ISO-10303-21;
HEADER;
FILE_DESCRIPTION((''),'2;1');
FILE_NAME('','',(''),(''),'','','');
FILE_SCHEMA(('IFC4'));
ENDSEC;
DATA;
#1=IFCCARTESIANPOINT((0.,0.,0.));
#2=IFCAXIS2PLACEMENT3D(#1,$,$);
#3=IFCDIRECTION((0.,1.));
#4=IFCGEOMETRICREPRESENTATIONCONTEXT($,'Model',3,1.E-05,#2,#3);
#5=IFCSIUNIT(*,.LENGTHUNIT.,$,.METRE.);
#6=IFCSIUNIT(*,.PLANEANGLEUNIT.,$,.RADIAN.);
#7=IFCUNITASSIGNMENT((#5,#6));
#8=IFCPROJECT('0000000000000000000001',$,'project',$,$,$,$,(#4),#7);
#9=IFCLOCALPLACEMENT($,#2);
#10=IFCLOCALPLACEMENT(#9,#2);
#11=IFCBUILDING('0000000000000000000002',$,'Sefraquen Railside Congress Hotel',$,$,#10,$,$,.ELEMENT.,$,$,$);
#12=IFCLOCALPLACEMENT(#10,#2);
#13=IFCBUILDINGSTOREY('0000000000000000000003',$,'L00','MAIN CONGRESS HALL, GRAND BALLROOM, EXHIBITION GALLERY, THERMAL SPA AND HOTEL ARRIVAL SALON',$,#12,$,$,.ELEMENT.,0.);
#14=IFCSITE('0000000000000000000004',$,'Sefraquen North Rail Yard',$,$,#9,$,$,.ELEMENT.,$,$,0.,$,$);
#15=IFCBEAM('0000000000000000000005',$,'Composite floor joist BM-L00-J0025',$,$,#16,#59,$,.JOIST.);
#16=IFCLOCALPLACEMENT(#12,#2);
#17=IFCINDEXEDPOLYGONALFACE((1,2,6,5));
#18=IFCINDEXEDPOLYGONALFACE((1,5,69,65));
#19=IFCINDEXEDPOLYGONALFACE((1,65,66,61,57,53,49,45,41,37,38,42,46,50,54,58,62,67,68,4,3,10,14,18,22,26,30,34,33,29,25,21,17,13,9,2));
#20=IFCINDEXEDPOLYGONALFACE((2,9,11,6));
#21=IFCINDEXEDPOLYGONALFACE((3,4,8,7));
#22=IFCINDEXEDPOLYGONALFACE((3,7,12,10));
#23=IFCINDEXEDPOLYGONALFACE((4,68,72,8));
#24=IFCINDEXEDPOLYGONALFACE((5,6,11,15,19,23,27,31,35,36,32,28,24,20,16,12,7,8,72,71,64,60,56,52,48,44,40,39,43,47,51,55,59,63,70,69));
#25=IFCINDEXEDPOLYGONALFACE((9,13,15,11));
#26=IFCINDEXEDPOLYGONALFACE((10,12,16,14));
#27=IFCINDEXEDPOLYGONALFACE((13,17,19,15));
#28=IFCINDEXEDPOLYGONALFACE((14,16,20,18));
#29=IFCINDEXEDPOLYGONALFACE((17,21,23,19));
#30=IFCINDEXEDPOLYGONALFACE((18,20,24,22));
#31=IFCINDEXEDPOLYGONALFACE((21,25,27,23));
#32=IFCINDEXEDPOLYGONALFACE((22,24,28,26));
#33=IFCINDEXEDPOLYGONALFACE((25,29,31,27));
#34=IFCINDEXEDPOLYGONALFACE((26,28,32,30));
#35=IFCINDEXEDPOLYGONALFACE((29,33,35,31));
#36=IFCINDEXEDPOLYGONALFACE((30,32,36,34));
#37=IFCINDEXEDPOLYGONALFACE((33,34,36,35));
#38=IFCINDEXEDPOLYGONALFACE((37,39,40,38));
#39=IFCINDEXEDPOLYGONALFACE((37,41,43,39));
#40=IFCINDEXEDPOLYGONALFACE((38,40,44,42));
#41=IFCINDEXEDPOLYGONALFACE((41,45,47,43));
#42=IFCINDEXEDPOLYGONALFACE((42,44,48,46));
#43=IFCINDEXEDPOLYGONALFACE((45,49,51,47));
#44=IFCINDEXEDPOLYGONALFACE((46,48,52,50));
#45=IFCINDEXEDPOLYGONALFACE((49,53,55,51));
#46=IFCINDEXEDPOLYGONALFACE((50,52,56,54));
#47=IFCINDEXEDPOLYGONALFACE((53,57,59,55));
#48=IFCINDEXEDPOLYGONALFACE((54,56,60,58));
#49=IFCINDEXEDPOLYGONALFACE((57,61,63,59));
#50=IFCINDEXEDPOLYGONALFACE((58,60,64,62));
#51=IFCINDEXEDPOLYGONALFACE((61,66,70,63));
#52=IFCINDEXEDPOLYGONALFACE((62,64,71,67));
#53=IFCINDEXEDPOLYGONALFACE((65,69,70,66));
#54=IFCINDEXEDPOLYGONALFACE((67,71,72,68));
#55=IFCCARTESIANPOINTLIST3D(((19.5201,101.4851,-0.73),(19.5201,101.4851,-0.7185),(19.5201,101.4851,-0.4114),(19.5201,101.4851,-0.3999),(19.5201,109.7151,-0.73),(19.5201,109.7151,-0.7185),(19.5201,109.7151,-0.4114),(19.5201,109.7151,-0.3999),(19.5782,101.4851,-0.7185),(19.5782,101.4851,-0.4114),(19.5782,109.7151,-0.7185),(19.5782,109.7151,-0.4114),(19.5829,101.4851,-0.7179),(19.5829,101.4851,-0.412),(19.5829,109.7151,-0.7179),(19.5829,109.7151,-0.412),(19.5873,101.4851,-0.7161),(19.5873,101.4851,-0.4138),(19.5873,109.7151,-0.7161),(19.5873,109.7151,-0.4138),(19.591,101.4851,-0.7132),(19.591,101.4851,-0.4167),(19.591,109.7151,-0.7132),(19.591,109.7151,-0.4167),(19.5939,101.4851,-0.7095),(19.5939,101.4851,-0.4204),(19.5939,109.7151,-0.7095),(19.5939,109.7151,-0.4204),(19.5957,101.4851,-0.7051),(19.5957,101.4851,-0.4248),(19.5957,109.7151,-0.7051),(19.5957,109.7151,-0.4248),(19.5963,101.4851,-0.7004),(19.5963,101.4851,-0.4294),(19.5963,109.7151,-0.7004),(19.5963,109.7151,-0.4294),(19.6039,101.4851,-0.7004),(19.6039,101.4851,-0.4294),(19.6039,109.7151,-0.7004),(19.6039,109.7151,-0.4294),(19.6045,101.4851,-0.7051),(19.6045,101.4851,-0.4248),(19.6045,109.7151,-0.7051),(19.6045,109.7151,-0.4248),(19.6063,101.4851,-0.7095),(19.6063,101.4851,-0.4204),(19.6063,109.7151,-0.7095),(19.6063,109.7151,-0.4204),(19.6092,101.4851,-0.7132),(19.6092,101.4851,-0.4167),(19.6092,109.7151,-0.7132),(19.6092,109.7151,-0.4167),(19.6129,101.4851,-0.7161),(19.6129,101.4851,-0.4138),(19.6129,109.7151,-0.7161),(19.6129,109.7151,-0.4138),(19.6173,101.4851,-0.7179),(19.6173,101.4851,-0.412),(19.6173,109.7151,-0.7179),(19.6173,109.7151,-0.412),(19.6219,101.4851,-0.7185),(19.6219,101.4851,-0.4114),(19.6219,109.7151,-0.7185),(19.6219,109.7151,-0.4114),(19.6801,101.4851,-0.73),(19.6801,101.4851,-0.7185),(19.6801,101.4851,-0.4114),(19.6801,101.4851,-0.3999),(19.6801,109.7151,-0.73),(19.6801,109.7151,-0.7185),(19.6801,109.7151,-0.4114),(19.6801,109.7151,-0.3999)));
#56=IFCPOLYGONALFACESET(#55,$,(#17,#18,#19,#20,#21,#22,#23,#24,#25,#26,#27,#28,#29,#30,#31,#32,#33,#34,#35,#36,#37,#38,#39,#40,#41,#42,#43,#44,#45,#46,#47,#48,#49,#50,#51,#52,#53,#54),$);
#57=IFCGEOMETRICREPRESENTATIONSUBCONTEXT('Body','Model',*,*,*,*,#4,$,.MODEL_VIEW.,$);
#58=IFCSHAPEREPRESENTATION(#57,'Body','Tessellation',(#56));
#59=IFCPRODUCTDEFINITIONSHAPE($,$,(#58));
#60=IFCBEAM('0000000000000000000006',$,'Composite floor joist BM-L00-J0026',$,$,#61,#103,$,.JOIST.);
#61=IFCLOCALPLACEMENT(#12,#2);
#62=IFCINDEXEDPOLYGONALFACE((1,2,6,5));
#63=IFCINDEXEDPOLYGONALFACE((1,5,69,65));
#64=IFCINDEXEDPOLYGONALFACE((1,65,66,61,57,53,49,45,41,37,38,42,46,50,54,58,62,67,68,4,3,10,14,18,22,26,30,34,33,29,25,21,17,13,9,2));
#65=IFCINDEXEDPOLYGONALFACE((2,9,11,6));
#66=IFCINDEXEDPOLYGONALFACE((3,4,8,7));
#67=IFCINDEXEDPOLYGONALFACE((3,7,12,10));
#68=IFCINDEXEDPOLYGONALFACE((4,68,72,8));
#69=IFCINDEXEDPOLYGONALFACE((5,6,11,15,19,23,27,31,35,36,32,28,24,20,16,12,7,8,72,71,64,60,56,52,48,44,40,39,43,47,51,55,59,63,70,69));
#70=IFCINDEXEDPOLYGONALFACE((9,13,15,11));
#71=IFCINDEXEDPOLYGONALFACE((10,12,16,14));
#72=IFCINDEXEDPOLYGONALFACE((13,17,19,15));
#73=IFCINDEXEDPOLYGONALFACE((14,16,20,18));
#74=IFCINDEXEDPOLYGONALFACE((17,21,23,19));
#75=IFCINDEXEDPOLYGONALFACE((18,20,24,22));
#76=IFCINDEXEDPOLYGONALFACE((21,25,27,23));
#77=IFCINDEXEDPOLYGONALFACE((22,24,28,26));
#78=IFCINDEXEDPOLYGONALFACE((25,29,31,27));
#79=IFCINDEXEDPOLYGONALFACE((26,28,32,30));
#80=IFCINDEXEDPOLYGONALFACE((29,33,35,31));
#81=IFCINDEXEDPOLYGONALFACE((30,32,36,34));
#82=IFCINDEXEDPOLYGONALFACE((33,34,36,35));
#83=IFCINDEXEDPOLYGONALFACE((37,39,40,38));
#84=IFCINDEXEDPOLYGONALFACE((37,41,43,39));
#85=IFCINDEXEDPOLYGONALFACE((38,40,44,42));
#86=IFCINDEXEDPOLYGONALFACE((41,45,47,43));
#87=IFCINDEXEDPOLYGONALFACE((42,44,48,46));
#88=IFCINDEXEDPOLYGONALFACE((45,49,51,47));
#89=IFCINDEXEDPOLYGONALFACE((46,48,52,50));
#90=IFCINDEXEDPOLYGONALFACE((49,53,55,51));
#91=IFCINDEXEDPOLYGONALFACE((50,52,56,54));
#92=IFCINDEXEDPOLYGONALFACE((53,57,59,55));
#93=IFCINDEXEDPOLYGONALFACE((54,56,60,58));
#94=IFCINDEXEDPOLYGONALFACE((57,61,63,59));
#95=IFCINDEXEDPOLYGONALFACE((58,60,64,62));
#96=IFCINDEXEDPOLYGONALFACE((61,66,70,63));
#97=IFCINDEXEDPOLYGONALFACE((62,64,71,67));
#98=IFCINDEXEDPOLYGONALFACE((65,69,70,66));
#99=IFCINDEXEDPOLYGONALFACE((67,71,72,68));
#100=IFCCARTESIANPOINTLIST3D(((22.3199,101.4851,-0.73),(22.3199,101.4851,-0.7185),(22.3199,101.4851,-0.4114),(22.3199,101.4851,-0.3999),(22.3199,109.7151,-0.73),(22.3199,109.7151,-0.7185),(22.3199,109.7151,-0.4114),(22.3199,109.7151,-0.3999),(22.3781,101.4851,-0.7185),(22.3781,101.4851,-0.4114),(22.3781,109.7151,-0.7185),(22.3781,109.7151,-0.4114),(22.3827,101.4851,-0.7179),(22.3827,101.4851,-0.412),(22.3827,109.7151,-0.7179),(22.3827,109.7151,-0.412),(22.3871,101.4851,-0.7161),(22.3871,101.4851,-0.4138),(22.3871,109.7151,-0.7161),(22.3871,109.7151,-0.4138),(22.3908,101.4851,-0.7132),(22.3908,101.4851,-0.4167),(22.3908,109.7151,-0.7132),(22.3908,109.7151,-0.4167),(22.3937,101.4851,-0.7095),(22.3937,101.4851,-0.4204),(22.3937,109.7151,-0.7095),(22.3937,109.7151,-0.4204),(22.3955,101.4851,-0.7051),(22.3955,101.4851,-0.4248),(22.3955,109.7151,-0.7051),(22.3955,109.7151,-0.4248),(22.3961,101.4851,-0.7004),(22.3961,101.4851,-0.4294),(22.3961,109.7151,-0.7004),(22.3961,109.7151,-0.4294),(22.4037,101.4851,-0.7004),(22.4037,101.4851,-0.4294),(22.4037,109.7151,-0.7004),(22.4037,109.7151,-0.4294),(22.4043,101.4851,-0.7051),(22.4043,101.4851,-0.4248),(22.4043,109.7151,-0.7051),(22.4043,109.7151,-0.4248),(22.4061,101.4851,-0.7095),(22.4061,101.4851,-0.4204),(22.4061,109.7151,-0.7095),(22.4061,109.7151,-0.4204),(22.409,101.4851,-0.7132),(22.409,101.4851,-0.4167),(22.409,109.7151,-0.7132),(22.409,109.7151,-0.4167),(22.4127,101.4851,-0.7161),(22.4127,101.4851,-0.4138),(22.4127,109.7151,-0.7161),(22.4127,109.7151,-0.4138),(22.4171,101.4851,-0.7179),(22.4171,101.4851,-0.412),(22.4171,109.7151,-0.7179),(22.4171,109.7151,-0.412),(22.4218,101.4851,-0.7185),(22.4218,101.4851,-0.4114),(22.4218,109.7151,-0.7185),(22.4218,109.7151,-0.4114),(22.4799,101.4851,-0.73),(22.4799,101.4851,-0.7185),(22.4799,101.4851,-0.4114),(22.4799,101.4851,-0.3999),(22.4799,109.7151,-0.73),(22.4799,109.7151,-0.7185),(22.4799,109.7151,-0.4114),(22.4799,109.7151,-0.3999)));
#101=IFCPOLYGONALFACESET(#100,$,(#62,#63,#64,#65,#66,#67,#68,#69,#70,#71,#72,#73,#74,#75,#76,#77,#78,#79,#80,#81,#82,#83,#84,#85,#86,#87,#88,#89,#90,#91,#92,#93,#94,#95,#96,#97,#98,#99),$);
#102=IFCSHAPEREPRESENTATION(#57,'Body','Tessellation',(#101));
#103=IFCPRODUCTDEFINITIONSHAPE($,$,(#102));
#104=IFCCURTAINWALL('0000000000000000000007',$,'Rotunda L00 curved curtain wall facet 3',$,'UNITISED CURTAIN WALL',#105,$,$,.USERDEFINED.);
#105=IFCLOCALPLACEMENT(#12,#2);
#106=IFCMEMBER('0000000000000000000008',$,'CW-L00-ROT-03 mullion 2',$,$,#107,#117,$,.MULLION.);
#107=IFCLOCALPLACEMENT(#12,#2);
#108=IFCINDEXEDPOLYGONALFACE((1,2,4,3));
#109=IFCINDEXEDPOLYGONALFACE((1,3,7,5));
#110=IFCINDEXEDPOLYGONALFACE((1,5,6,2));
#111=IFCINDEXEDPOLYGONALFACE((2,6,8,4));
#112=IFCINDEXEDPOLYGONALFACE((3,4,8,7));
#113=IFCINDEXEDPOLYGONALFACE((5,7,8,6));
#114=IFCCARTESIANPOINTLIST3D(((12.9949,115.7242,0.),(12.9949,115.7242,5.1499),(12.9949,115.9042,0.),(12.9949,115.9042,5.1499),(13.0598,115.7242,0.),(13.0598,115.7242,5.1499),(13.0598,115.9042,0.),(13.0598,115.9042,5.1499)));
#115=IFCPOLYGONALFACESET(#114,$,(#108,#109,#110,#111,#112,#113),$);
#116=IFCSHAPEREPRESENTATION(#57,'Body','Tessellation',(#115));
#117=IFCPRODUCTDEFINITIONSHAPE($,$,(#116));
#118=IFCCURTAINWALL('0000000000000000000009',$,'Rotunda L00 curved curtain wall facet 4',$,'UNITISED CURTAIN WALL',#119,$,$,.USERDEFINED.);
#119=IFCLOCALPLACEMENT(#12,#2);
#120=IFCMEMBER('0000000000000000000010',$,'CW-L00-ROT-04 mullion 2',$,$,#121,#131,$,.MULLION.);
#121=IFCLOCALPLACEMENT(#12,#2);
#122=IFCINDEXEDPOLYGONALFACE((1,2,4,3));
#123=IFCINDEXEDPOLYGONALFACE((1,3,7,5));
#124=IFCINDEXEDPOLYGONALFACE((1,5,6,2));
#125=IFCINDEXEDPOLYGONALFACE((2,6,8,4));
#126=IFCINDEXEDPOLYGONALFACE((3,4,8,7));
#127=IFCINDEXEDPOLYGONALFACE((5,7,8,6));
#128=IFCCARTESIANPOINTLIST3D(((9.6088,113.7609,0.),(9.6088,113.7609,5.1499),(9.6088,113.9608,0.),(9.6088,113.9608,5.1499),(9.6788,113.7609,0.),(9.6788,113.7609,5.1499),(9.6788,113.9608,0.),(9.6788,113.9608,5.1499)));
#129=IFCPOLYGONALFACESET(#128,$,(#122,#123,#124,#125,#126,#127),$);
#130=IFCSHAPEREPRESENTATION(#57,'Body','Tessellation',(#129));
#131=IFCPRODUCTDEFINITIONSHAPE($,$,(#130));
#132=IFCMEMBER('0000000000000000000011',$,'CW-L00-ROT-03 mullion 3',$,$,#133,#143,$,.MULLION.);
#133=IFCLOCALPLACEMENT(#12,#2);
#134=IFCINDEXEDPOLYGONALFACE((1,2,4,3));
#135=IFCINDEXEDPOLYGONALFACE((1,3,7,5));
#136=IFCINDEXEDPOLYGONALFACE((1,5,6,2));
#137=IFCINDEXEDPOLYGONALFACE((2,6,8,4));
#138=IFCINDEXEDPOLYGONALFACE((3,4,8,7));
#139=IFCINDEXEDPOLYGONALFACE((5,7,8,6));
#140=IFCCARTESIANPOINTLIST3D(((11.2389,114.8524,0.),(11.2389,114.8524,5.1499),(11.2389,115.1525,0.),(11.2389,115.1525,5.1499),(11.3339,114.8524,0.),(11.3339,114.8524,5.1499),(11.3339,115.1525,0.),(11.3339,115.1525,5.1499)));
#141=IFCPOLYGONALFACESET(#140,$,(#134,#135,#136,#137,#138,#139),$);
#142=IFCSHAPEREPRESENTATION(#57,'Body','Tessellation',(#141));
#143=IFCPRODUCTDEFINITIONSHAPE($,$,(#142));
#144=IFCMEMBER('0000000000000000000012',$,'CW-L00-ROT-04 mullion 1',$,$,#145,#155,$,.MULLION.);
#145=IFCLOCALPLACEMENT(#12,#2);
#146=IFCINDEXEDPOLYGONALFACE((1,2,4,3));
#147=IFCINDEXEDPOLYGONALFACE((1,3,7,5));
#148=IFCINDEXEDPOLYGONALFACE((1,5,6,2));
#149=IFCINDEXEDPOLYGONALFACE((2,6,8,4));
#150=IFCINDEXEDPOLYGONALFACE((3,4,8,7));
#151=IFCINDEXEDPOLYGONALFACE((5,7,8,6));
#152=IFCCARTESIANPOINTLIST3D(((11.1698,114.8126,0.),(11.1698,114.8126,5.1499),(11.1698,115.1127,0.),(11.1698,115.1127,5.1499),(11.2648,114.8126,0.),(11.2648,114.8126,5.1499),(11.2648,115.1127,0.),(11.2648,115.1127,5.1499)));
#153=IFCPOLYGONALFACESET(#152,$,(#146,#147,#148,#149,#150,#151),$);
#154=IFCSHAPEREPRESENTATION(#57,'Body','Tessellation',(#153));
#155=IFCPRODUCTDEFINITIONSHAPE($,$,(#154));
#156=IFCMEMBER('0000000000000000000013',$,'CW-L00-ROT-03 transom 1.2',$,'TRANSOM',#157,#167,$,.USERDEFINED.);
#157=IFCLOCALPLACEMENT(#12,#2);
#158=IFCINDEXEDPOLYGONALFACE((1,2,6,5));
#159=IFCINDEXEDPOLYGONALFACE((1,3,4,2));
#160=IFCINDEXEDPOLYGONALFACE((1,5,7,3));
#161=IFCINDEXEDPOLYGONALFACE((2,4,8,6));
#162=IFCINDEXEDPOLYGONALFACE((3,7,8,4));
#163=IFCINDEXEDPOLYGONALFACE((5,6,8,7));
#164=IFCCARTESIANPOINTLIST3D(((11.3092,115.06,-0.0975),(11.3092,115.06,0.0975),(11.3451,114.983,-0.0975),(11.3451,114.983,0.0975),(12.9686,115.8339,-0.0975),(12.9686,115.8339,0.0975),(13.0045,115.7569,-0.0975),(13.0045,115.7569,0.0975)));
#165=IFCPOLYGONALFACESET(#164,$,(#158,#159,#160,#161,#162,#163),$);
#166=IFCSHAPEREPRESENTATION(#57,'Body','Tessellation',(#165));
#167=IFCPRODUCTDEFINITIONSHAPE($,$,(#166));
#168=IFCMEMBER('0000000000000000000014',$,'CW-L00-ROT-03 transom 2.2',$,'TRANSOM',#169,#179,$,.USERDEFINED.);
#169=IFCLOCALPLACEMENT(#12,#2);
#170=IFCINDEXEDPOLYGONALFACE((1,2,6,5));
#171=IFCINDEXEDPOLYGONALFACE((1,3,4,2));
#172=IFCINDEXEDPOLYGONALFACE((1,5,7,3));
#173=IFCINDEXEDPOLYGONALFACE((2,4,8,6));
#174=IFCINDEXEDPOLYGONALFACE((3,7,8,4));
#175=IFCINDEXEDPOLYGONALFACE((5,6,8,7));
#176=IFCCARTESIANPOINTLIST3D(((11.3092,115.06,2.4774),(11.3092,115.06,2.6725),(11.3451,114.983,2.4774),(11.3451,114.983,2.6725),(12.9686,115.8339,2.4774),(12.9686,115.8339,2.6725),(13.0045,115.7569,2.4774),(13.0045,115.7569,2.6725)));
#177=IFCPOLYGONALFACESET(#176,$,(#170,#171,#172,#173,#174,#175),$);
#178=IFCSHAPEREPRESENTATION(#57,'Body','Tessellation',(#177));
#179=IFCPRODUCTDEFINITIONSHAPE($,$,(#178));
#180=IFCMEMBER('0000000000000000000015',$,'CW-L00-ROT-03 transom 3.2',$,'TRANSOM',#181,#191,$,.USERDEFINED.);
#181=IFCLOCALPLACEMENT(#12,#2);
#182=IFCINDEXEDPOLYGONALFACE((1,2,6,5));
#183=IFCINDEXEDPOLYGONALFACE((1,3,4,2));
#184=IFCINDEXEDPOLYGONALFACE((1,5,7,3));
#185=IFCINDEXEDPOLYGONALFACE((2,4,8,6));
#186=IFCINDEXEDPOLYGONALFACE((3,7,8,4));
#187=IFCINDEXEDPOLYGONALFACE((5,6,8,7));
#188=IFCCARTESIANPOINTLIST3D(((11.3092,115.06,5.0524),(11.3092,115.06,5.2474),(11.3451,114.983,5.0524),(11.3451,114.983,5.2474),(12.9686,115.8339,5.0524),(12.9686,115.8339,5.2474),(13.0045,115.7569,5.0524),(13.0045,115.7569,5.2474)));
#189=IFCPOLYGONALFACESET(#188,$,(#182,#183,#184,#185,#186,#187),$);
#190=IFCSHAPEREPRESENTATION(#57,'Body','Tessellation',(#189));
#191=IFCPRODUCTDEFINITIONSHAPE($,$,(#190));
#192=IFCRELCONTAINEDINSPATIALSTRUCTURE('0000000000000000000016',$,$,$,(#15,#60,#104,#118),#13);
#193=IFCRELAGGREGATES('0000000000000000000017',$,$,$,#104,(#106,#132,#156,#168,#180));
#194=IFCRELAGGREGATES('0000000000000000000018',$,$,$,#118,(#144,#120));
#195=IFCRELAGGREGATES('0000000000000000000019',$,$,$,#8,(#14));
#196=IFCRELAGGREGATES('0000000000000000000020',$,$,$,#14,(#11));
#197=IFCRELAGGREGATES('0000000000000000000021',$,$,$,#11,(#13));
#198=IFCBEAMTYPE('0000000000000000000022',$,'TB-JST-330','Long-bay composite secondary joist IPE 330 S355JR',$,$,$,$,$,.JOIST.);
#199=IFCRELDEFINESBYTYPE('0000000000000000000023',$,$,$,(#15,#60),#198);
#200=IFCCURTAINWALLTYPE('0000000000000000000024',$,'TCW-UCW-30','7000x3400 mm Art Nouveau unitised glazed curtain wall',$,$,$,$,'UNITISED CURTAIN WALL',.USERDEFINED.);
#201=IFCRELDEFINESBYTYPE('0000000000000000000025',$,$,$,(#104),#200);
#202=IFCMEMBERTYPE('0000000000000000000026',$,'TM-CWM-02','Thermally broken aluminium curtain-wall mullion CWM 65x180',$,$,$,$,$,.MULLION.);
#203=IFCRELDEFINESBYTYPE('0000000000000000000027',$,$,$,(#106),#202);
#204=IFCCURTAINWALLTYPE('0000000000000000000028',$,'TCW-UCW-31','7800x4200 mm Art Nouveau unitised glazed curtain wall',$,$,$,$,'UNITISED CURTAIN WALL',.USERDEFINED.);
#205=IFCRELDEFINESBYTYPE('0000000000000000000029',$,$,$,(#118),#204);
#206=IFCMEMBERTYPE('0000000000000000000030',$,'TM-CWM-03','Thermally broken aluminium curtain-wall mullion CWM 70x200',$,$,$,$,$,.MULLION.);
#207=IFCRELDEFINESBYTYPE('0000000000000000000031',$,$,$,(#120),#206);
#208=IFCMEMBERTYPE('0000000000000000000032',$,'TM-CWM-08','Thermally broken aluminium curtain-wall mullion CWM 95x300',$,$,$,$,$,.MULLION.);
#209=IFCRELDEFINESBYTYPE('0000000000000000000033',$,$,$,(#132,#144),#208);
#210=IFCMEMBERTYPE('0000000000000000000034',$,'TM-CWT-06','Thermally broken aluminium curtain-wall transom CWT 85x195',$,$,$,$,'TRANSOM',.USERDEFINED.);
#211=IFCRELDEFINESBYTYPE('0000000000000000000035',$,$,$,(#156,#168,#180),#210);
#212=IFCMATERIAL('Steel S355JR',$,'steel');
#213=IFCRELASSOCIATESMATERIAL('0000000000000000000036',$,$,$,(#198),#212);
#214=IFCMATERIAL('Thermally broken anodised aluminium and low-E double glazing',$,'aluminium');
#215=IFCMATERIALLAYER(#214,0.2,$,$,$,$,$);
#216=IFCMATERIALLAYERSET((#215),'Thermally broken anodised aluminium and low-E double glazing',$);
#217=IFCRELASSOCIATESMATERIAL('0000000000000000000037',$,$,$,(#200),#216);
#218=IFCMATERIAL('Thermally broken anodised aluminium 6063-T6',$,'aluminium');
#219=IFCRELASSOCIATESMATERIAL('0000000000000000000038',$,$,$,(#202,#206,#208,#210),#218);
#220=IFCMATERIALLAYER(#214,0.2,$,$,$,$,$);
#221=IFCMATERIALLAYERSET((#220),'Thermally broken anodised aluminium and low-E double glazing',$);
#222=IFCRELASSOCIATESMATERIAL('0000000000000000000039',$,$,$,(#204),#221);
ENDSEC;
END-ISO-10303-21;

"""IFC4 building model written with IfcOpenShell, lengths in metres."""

from ifc_helpers import new_model, si_unit, direction, frame, origin, origin_2d, place, context, subcontext, project, spatial, rectangle, i_section, extrude, material, layer, layer_set, material_profile, profile_set, type_object, element, aggregate, save


model = new_model("IFC4")

# Units and contexts
model_context = context("Model", 3, precision=1e-05, world=origin(), true_north=direction((0.0, 1.0)))
body_context = subcontext(model_context, "Body", "Model", "MODEL_VIEW")
ifc_project = project(units=[si_unit("LENGTHUNIT", "METRE"), si_unit("PLANEANGLEUNIT", "RADIAN")], contexts=[model_context])

# Site, building, storey
site_placement = place(None, origin())
site = spatial("IfcSite", under=ifc_project, at=site_placement, Name="Sefraquen North Rail Yard", CompositionType="ELEMENT", RefElevation=0.0)
building_placement = place(site_placement, origin())
building = spatial("IfcBuilding", under=site, at=building_placement, Name="Sefraquen Railside Congress Hotel", CompositionType="ELEMENT")
storey_placement = place(building_placement, origin())
storey = spatial("IfcBuildingStorey", under=building, at=storey_placement, Name="L00", Description="MAIN CONGRESS HALL, GRAND BALLROOM, EXHIBITION GALLERY, THERMAL SPA AND HOTEL ARRIVAL SALON", CompositionType="ELEMENT", Elevation=0.0)

# Shared definitions
ifc_material_1 = material(Name="Steel S355JR", Category="steel")

# Beams
ifc_material_profile_1 = material_profile(ifc_material_1, i_section(OverallWidth=0.1599, OverallDepth=0.3301, WebThickness=0.0076, FlangeThickness=0.0115, FilletRadius=0.0181, at=origin_2d()), Name="IPE 330")
ifc_profile_set_1 = profile_set([ifc_material_profile_1], Name="Steel S355JR")
beam_type_1 = type_object("IfcBeamType", Name="TB-JST-330", Description="Long-bay composite secondary joist IPE 330 S355JR", PredefinedType="JOIST", material=ifc_profile_set_1)
for number, where, z_axis, x_axis, name in (
    (1, (19.6001, 101.4851, -0.5649), (0.0, 1.0, 0.0), (-1.0, 0.0, 0.0), "Composite floor joist BM-L00-J0025"),
    (2, (22.3999, 101.4851, -0.5649), (0.0, 1.0, 0.0), (-1.0, 0.0, 0.0), "Composite floor joist BM-L00-J0026"),
):
    element("IfcBeam", number, at=place(storey_placement, frame(where, z_axis=z_axis, x_axis=x_axis)), inside=storey, type_object=beam_type_1, Name=name, PredefinedType="JOIST", context=body_context, shape_type="SweptSolid", body=[
        extrude(i_section(OverallWidth=0.1599, OverallDepth=0.3301, WebThickness=0.0076, FlangeThickness=0.0115, FilletRadius=0.0181, at=origin_2d()), origin(), (0.0, 0.0, 1.0), 8.23),
    ])

# Curtain walls, members
ifc_material_2 = material(Name="Thermally broken anodised aluminium and low-E double glazing", Category="aluminium")
ifc_layer_1 = layer(ifc_material_2, 0.2)
ifc_layer_set_1 = layer_set([ifc_layer_1], Name="Thermally broken anodised aluminium and low-E double glazing")
curtain_wall_type_1 = type_object("IfcCurtainWallType", Name="TCW-UCW-30", Description="7000x3400 mm Art Nouveau unitised glazed curtain wall", ElementType="UNITISED CURTAIN WALL", PredefinedType="USERDEFINED", material=ifc_layer_set_1)
curtain_wall_1_placement = place(storey_placement, origin())
curtain_wall_1 = element("IfcCurtainWall", 3, at=curtain_wall_1_placement, inside=storey, type_object=curtain_wall_type_1, Name="Rotunda L00 curved curtain wall facet 3", ObjectType="UNITISED CURTAIN WALL", PredefinedType="USERDEFINED")
ifc_material_3 = material(Name="Thermally broken anodised aluminium 6063-T6", Category="aluminium")
ifc_material_profile_2 = material_profile(ifc_material_3, rectangle(XDim=0.0649, YDim=0.1799, at=origin_2d()), Name="CWM 65x180")
ifc_profile_set_2 = profile_set([ifc_material_profile_2], Name="Thermally broken anodised aluminium 6063-T6")
member_type_1 = type_object("IfcMemberType", Name="TM-CWM-02", Description="Thermally broken aluminium curtain-wall mullion CWM 65x180", PredefinedType="MULLION", material=ifc_profile_set_2)
member_1_placement = place(storey_placement, frame((13.0273, 115.8142, 0.0), z_axis=(0.0, 0.0, 1.0), x_axis=(1.0, 0.0, 0.0)))
member_1 = element("IfcMember", 4, at=member_1_placement, type_object=member_type_1, Name="CW-L00-ROT-03 mullion 2", PredefinedType="MULLION", context=body_context, shape_type="SweptSolid", body=[
    extrude(rectangle(XDim=0.0649, YDim=0.1799, at=origin_2d()), origin(), (0.0, 0.0, 1.0), 5.1499),
])
ifc_layer_2 = layer(ifc_material_2, 0.2)
ifc_layer_set_2 = layer_set([ifc_layer_2], Name="Thermally broken anodised aluminium and low-E double glazing")
curtain_wall_type_2 = type_object("IfcCurtainWallType", Name="TCW-UCW-31", Description="7800x4200 mm Art Nouveau unitised glazed curtain wall", ElementType="UNITISED CURTAIN WALL", PredefinedType="USERDEFINED", material=ifc_layer_set_2)
curtain_wall_2_placement = place(storey_placement, origin())
curtain_wall_2 = element("IfcCurtainWall", 5, at=curtain_wall_2_placement, inside=storey, type_object=curtain_wall_type_2, Name="Rotunda L00 curved curtain wall facet 4", ObjectType="UNITISED CURTAIN WALL", PredefinedType="USERDEFINED")
ifc_material_profile_3 = material_profile(ifc_material_3, rectangle(XDim=0.0701, YDim=0.2, at=origin_2d()), Name="CWM 70x200")
ifc_profile_set_3 = profile_set([ifc_material_profile_3], Name="Thermally broken anodised aluminium 6063-T6")
member_type_2 = type_object("IfcMemberType", Name="TM-CWM-03", Description="Thermally broken aluminium curtain-wall mullion CWM 70x200", PredefinedType="MULLION", material=ifc_profile_set_3)
member_2_placement = place(storey_placement, frame((9.6438, 113.8608, 0.0), z_axis=(0.0, 0.0, 1.0), x_axis=(1.0, 0.0, 0.0)))
member_2 = element("IfcMember", 6, at=member_2_placement, type_object=member_type_2, Name="CW-L00-ROT-04 mullion 2", PredefinedType="MULLION", context=body_context, shape_type="SweptSolid", body=[
    extrude(rectangle(XDim=0.0701, YDim=0.2, at=origin_2d()), origin(), (0.0, 0.0, 1.0), 5.1499),
])

# Members
ifc_material_profile_4 = material_profile(ifc_material_3, rectangle(XDim=0.095, YDim=0.3, at=origin_2d()), Name="CWM 95x300")
ifc_profile_set_4 = profile_set([ifc_material_profile_4], Name="Thermally broken anodised aluminium 6063-T6")
member_type_3 = type_object("IfcMemberType", Name="TM-CWM-08", Description="Thermally broken aluminium curtain-wall mullion CWM 95x300", PredefinedType="MULLION", material=ifc_profile_set_4)
member_3_placement = place(storey_placement, frame((11.2864, 115.0024, 0.0), z_axis=(0.0, 0.0, 1.0), x_axis=(1.0, 0.0, 0.0)))
member_3 = element("IfcMember", 7, at=member_3_placement, type_object=member_type_3, Name="CW-L00-ROT-03 mullion 3", PredefinedType="MULLION", context=body_context, shape_type="SweptSolid", body=[
    extrude(rectangle(XDim=0.095, YDim=0.3, at=origin_2d()), origin(), (0.0, 0.0, 1.0), 5.1499),
])
member_4_placement = place(storey_placement, frame((11.2173, 114.9626, 0.0), z_axis=(0.0, 0.0, 1.0), x_axis=(1.0, 0.0, 0.0)))
member_4 = element("IfcMember", 8, at=member_4_placement, type_object=member_type_3, Name="CW-L00-ROT-04 mullion 1", PredefinedType="MULLION", context=body_context, shape_type="SweptSolid", body=[
    extrude(rectangle(XDim=0.095, YDim=0.3, at=origin_2d()), origin(), (0.0, 0.0, 1.0), 5.1499),
])
ifc_material_profile_5 = material_profile(ifc_material_3, rectangle(XDim=0.085, YDim=0.1951, at=origin_2d()), Name="CWT 85x195")
ifc_profile_set_5 = profile_set([ifc_material_profile_5], Name="Thermally broken anodised aluminium 6063-T6")
member_type_4 = type_object("IfcMemberType", Name="TM-CWT-06", Description="Thermally broken aluminium curtain-wall transom CWT 85x195", ElementType="TRANSOM", PredefinedType="USERDEFINED", material=ifc_profile_set_5)
member_5_placement = place(storey_placement, frame((12.9866, 115.7954, 0.0), z_axis=(-0.906282, -0.422674, 0.0), x_axis=(0.422674, -0.906282, 0.0)))
member_5 = element("IfcMember", 9, at=member_5_placement, type_object=member_type_4, Name="CW-L00-ROT-03 transom 1.2", ObjectType="TRANSOM", PredefinedType="USERDEFINED", context=body_context, shape_type="SweptSolid", body=[
    extrude(rectangle(XDim=0.085, YDim=0.1951, at=origin_2d()), origin(), (0.0, 0.0, 1.0), 1.8311),
])
member_6_placement = place(storey_placement, frame((12.9866, 115.7954, 2.575), z_axis=(-0.906282, -0.422674, 0.0), x_axis=(0.422674, -0.906282, 0.0)))
member_6 = element("IfcMember", 10, at=member_6_placement, type_object=member_type_4, Name="CW-L00-ROT-03 transom 2.2", ObjectType="TRANSOM", PredefinedType="USERDEFINED", context=body_context, shape_type="SweptSolid", body=[
    extrude(rectangle(XDim=0.085, YDim=0.1951, at=origin_2d()), origin(), (0.0, 0.0, 1.0), 1.8311),
])
member_7_placement = place(storey_placement, frame((12.9866, 115.7954, 5.1499), z_axis=(-0.906282, -0.422674, 0.0), x_axis=(0.422674, -0.906282, 0.0)))
member_7 = element("IfcMember", 11, at=member_7_placement, type_object=member_type_4, Name="CW-L00-ROT-03 transom 3.2", ObjectType="TRANSOM", PredefinedType="USERDEFINED", context=body_context, shape_type="SweptSolid", body=[
    extrude(rectangle(XDim=0.085, YDim=0.1951, at=origin_2d()), origin(), (0.0, 0.0, 1.0), 1.8311),
])

aggregate(curtain_wall_1, [member_1, member_3, member_5, member_6, member_7])
aggregate(curtain_wall_2, [member_4, member_2])

save(model, "model.ifc")
